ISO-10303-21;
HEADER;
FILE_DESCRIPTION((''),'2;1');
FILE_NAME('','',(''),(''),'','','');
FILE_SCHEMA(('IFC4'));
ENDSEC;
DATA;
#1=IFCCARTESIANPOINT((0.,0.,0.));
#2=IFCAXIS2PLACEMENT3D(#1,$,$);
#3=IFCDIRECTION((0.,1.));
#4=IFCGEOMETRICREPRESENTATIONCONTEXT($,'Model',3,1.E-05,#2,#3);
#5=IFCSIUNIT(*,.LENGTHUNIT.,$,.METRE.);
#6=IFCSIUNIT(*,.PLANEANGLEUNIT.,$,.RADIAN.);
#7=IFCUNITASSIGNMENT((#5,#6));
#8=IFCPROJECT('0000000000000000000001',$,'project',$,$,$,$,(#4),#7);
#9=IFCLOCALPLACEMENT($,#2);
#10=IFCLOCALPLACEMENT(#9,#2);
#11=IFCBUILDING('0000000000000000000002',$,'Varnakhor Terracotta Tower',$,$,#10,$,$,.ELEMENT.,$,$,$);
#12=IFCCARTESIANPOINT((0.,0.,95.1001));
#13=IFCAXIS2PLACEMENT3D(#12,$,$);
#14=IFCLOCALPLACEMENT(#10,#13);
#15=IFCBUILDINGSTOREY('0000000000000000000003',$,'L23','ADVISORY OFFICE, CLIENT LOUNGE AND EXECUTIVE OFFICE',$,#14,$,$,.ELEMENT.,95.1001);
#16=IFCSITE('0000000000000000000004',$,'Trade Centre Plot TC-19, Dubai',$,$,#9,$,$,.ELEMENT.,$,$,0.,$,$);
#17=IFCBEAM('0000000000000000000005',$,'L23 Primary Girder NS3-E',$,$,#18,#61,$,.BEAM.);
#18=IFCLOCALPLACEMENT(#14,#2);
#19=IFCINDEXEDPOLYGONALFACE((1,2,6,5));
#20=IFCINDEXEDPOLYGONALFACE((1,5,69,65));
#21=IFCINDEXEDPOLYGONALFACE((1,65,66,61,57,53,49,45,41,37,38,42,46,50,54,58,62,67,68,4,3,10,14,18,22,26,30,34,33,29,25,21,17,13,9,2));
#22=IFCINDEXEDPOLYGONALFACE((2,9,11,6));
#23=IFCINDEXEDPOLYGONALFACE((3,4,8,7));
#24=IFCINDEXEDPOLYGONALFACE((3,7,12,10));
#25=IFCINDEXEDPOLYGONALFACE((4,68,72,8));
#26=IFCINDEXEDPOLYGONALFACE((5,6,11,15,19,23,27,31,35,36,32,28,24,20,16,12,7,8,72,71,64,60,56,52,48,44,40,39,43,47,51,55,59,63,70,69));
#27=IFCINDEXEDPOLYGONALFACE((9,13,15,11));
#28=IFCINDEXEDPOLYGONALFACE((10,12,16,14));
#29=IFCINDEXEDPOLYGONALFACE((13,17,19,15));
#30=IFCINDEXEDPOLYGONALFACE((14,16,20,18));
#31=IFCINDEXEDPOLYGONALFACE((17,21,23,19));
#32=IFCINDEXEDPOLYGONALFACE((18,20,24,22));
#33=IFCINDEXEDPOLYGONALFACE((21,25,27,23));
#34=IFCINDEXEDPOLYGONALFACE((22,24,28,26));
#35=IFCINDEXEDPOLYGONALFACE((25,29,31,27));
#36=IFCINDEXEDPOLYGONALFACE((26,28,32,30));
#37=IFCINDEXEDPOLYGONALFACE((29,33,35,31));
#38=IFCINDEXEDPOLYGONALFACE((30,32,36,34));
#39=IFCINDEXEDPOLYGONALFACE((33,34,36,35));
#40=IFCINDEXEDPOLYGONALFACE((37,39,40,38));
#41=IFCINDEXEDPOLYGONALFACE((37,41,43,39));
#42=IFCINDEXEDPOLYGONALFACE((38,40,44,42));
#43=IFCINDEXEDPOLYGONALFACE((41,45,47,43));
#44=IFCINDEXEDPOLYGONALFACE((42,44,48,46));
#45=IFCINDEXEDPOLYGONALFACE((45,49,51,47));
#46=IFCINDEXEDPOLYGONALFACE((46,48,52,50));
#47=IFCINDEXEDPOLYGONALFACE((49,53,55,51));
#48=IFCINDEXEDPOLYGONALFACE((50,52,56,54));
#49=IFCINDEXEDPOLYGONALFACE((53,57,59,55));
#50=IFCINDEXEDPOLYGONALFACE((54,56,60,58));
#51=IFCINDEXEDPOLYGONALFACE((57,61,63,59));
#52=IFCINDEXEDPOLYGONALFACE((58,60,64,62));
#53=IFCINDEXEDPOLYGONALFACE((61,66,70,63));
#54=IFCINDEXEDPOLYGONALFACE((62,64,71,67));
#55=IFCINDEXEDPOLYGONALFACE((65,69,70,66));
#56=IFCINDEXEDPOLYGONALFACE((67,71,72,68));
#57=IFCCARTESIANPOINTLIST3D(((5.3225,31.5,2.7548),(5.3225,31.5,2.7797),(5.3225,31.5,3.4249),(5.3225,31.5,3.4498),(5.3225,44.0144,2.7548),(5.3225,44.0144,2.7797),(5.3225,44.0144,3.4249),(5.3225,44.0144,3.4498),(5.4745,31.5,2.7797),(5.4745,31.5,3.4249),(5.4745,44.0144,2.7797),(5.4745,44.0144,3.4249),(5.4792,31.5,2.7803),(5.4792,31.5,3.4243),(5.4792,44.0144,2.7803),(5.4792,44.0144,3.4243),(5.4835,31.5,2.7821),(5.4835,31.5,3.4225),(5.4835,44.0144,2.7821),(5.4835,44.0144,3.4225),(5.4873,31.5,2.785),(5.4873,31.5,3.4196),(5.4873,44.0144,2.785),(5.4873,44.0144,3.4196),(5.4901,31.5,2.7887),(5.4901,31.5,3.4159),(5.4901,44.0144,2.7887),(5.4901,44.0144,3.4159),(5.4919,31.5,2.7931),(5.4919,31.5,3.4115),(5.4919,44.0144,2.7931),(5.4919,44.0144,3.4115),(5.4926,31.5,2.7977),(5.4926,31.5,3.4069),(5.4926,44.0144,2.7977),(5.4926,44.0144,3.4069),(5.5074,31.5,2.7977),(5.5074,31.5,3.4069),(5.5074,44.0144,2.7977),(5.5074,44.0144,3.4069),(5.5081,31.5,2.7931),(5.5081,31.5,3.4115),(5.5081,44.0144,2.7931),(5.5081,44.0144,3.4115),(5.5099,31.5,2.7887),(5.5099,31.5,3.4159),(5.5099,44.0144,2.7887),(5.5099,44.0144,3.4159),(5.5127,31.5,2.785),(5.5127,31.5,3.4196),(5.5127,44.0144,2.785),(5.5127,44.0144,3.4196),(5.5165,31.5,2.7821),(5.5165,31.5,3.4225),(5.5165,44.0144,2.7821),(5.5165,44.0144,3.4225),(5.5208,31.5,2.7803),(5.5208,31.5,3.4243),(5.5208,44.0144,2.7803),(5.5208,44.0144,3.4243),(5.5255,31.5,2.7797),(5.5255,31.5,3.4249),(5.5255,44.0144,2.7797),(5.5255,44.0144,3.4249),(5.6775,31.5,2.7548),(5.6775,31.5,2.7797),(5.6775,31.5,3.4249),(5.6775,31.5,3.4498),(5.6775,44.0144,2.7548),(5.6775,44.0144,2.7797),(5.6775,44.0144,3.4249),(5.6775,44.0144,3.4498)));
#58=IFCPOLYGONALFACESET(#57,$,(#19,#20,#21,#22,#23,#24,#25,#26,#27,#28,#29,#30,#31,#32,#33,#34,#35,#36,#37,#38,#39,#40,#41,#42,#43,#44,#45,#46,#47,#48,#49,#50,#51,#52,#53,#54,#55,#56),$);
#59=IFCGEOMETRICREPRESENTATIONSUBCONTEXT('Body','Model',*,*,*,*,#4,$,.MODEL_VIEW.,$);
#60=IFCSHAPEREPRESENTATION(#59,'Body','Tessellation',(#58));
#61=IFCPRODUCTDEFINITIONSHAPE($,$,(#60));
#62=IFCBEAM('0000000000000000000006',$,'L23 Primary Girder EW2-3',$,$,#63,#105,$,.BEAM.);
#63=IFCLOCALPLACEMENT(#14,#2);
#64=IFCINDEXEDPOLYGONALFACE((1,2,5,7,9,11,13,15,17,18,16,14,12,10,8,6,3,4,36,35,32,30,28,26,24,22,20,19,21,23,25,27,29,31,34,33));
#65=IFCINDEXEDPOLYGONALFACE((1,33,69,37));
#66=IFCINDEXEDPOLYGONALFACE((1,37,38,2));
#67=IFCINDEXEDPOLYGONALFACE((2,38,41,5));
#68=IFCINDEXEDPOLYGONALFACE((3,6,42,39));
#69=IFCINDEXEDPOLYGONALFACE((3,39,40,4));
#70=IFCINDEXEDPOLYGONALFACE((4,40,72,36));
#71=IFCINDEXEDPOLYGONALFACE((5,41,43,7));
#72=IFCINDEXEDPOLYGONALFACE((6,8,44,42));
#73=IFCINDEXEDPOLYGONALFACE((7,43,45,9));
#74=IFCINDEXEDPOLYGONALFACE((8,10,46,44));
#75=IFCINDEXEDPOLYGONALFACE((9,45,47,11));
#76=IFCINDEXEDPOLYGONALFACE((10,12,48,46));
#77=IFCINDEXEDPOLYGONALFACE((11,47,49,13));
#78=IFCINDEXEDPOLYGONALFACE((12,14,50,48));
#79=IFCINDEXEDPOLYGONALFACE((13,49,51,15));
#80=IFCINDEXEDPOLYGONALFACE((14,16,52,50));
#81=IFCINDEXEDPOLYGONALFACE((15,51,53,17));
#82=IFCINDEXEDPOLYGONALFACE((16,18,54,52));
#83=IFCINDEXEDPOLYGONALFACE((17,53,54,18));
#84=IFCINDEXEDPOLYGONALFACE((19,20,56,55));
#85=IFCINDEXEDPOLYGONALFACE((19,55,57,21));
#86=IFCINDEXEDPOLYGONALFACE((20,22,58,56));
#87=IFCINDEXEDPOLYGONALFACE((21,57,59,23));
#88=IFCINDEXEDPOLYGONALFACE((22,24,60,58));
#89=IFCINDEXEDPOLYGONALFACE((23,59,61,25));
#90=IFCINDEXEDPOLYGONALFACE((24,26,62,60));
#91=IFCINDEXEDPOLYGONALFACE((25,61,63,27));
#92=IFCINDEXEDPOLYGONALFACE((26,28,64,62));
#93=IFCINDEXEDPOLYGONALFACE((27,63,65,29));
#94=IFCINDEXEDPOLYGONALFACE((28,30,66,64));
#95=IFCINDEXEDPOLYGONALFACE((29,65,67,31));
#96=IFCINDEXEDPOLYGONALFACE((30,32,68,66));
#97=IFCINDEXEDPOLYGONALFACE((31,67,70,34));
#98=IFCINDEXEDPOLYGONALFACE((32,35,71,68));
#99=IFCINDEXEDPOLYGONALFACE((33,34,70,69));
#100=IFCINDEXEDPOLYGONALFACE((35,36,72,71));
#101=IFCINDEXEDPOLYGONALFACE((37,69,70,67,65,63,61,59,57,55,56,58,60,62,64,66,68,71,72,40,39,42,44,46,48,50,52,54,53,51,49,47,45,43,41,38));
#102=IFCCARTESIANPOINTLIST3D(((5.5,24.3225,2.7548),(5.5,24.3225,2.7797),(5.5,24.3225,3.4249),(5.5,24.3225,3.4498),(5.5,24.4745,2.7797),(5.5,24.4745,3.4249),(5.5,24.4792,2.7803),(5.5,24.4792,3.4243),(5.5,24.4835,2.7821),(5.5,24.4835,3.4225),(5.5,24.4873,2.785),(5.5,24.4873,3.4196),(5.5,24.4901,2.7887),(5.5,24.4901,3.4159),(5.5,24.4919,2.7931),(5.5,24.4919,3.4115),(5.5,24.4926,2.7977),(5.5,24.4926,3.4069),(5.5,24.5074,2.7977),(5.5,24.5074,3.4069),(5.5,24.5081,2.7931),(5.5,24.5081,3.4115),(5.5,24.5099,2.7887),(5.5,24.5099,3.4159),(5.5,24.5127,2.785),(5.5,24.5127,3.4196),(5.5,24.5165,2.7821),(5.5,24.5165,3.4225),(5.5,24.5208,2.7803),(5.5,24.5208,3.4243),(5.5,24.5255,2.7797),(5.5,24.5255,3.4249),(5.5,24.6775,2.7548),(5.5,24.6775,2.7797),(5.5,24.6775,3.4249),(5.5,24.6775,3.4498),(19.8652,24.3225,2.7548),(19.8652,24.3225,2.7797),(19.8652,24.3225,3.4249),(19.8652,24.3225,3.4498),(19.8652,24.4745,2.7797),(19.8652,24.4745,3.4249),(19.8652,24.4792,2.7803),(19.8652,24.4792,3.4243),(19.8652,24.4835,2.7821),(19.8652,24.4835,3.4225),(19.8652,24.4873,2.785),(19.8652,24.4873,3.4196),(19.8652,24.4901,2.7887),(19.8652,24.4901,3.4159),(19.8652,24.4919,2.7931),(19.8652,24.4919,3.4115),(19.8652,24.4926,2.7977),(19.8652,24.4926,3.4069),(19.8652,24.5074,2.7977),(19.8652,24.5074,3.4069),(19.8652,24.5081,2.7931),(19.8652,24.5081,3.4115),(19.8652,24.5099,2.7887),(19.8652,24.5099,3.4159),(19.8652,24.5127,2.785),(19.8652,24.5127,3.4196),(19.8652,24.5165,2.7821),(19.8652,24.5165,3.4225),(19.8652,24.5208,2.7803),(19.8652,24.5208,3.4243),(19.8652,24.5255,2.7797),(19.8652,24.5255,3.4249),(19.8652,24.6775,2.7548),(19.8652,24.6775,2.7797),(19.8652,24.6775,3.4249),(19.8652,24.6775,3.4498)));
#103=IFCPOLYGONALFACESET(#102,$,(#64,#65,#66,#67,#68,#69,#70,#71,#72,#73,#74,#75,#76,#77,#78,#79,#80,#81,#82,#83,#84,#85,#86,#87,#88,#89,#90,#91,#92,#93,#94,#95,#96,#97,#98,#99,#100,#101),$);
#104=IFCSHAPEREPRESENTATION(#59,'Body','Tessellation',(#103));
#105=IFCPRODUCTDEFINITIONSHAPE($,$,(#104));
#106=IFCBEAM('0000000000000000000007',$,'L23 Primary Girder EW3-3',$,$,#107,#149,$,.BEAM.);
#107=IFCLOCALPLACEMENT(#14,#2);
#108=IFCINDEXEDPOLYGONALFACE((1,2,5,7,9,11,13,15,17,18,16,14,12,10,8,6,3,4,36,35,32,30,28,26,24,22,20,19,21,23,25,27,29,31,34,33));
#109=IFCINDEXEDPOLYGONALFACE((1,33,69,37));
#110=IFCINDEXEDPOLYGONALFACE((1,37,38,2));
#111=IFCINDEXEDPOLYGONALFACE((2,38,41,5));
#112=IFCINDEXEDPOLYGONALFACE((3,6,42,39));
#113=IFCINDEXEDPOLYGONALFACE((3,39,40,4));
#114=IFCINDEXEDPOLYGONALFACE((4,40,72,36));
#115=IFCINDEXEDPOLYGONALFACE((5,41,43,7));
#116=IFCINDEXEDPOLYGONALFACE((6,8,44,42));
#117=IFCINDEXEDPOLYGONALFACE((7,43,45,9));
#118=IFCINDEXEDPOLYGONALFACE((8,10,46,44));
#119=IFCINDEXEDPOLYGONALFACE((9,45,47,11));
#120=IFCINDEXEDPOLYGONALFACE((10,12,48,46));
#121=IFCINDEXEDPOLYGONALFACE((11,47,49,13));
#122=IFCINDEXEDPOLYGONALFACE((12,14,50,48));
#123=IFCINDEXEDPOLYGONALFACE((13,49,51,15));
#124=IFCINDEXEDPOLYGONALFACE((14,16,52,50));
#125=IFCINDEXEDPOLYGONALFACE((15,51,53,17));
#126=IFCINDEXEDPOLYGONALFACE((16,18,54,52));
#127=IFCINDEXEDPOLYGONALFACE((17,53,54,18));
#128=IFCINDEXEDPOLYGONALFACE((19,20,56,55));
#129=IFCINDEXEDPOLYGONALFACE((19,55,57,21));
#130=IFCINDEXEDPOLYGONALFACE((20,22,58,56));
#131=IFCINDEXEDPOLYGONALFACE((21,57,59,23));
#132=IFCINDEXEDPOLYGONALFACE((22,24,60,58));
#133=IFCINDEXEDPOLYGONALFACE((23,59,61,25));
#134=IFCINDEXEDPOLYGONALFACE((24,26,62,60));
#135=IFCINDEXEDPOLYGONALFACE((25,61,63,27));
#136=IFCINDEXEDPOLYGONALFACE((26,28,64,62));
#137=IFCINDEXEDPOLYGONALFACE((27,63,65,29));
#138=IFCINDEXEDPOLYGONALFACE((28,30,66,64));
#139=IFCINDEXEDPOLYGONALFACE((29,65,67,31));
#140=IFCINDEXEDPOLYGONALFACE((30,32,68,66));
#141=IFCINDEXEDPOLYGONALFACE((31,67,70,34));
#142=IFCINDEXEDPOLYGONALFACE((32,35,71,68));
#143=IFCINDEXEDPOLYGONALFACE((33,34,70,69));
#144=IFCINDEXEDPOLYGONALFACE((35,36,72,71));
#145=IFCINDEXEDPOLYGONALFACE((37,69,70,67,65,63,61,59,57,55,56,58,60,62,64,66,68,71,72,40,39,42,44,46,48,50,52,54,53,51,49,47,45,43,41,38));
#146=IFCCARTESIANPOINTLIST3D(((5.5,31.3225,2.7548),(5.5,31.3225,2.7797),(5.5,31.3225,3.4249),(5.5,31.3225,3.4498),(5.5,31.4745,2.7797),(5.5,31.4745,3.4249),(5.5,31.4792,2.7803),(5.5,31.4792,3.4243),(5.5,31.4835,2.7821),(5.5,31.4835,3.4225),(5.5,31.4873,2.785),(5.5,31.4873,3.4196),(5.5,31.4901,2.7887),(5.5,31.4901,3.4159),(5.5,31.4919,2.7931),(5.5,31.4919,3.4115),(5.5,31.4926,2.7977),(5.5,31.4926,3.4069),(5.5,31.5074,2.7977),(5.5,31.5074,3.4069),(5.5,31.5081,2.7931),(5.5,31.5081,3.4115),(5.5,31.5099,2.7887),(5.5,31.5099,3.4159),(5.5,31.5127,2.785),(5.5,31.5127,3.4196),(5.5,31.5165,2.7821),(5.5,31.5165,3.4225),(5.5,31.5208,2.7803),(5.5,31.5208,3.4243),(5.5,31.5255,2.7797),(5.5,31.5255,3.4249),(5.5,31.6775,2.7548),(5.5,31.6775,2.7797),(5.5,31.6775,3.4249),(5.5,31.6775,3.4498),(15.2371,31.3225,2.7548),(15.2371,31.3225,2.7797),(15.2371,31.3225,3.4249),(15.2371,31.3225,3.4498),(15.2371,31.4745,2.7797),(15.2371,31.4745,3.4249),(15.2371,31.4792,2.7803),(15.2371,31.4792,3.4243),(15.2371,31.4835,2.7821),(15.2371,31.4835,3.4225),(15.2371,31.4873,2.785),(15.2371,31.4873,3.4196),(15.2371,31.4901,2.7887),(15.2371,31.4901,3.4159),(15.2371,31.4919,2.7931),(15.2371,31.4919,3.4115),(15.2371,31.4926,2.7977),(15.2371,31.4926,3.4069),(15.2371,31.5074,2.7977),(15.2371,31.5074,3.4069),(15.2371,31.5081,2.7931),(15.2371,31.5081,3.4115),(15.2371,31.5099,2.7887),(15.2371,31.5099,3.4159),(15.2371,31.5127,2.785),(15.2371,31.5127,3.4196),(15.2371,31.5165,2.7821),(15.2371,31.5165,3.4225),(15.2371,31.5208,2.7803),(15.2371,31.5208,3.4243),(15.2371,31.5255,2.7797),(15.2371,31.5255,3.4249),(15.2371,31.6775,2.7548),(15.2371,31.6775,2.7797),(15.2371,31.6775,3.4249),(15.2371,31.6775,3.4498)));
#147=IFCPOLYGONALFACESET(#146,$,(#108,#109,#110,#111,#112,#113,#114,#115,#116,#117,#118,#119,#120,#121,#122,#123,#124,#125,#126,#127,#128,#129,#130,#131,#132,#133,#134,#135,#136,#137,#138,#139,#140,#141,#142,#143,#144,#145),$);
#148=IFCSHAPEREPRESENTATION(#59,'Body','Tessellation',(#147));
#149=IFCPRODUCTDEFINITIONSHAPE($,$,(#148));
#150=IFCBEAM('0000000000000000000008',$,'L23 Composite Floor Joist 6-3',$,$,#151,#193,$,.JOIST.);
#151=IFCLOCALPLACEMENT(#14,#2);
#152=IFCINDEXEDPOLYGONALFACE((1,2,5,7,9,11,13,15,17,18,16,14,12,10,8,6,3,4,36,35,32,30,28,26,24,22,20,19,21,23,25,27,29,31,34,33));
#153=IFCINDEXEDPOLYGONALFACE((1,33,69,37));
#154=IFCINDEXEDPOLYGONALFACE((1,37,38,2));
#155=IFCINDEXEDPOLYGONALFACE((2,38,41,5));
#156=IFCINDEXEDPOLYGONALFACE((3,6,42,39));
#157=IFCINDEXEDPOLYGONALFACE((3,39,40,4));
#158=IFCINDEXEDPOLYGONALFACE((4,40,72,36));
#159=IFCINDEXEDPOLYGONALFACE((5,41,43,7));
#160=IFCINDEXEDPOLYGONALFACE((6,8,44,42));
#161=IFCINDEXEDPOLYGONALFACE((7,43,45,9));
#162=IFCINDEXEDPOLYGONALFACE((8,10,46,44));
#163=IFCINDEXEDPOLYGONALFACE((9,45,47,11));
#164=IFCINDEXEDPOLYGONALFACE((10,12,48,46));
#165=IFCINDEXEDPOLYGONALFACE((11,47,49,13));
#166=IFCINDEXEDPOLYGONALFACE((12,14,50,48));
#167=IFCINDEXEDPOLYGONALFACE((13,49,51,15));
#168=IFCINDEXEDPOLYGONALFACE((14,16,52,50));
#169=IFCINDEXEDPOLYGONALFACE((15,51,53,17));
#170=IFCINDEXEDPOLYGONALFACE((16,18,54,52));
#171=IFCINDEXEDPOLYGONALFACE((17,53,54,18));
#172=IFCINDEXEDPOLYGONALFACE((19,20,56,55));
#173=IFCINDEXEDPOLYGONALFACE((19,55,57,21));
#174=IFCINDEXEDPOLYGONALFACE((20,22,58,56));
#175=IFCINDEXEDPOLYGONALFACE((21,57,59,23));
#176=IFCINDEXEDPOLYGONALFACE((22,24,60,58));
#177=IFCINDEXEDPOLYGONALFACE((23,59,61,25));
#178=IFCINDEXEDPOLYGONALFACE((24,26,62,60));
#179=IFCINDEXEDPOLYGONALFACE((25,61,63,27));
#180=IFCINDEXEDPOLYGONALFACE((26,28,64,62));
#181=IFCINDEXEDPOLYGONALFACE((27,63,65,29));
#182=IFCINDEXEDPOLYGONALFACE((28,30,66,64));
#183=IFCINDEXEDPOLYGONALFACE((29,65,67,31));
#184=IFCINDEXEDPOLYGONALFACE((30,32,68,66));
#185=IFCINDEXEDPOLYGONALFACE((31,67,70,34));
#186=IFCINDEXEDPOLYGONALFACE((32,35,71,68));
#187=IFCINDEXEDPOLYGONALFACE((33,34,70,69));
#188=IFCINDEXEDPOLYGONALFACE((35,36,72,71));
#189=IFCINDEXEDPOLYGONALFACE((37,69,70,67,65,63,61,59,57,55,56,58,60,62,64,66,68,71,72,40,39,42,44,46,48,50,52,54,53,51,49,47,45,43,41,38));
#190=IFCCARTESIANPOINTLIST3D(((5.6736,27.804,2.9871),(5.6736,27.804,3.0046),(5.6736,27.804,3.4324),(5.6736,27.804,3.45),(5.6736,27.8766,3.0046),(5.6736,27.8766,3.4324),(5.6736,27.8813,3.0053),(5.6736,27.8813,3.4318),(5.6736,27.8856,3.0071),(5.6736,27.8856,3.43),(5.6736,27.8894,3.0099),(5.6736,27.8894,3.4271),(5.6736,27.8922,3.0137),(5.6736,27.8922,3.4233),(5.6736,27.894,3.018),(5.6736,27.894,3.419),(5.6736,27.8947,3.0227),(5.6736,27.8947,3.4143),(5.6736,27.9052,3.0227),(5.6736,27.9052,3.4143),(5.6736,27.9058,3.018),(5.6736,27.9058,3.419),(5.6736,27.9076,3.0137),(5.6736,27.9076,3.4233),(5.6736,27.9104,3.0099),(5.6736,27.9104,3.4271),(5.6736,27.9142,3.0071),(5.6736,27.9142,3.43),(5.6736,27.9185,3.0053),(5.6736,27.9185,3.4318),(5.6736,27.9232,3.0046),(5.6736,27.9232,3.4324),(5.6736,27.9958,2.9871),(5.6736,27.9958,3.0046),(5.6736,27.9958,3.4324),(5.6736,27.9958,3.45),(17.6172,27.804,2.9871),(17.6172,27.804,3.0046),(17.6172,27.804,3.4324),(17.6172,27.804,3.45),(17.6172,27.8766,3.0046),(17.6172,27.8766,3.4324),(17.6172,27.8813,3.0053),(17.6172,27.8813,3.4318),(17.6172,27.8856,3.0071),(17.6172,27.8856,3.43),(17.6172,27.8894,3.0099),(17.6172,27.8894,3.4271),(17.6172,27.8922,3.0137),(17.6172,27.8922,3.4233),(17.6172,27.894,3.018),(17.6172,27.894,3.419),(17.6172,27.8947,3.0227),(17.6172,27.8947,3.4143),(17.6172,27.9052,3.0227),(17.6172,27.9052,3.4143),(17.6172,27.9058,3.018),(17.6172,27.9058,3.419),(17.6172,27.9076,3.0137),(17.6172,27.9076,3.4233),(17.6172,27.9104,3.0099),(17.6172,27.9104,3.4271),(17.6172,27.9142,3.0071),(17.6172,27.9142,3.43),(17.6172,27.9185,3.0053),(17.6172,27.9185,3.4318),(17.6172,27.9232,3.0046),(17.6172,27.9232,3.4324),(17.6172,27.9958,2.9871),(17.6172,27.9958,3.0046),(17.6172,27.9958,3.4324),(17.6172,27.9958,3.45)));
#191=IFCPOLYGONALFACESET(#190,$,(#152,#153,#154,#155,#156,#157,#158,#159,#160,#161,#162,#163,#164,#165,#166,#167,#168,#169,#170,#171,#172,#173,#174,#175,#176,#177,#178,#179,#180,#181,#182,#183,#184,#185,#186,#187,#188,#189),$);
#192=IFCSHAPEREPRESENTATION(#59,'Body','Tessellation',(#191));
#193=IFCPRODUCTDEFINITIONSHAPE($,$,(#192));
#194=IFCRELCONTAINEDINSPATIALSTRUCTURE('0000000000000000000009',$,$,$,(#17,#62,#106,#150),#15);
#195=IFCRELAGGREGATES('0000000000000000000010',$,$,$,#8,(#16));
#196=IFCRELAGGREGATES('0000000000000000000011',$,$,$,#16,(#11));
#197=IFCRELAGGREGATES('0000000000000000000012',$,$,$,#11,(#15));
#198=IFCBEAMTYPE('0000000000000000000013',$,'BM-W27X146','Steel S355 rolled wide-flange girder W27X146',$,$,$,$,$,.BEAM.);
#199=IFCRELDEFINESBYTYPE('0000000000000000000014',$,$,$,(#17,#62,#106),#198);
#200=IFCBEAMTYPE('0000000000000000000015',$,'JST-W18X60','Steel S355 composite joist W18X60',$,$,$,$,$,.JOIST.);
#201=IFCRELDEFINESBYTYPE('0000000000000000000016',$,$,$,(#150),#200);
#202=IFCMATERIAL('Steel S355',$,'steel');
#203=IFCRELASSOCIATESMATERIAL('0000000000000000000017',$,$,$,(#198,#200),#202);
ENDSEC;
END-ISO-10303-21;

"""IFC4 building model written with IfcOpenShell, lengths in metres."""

from ifc_helpers import new_model, si_unit, direction, frame, origin, origin_2d, place, context, subcontext, project, spatial, i_section, extrude, source, transform, mapped, material, material_profile, profile_set, type_object, element, save


model = new_model("IFC4")

# Units and contexts
model_context = context("Model", 3, precision=1e-05, world=origin(), true_north=direction((0.0, 1.0)))
body_context = subcontext(model_context, "Body", "Model", "MODEL_VIEW")
ifc_project = project(units=[si_unit("LENGTHUNIT", "METRE"), si_unit("PLANEANGLEUNIT", "RADIAN")], contexts=[model_context])

# Site, building, storey
site_placement = place(None, origin())
site = spatial("IfcSite", under=ifc_project, at=site_placement, Name="Trade Centre Plot TC-19, Dubai", CompositionType="ELEMENT", RefElevation=0.0)
building_placement = place(site_placement, origin())
building = spatial("IfcBuilding", under=site, at=building_placement, Name="Varnakhor Terracotta Tower", CompositionType="ELEMENT")
storey_placement = place(building_placement, frame((0.0, 0.0, 95.1001)))
storey = spatial("IfcBuildingStorey", under=building, at=storey_placement, Name="L23", Description="ADVISORY OFFICE, CLIENT LOUNGE AND EXECUTIVE OFFICE", CompositionType="ELEMENT", Elevation=95.1001)

# Beams
ifc_material_1 = material(Name="Steel S355", Category="steel")
ifc_material_profile_1 = material_profile(ifc_material_1, i_section(OverallWidth=0.355, OverallDepth=0.6951, WebThickness=0.0149, FlangeThickness=0.0249, FilletRadius=0.0181, at=origin_2d()), Name="W27X146")
ifc_profile_set_1 = profile_set([ifc_material_profile_1], Name="Steel S355")
beam_type_1 = type_object("IfcBeamType", Name="BM-W27X146", Description="Steel S355 rolled wide-flange girder W27X146", PredefinedType="BEAM", material=ifc_profile_set_1)
shared_shape_1 = source(origin(), body_context, "Body", "SweptSolid", [
    extrude(i_section(OverallWidth=0.355, OverallDepth=0.6951, WebThickness=0.0149, FlangeThickness=0.0249, FilletRadius=0.0181, at=origin_2d()), origin(), (0.0, 0.0, 1.0), 12.5144),
])
beam_1_placement = place(storey_placement, frame((5.5, 31.5, 3.1023), z_axis=(0.0, 1.0, 0.0), x_axis=(-1.0, 0.0, 0.0)))
element("IfcBeam", 1, at=beam_1_placement, inside=storey, type_object=beam_type_1, Name="L23 Primary Girder NS3-E", PredefinedType="BEAM", context=body_context, shape_type="MappedRepresentation", body=[
    mapped(shared_shape_1, transform((0.0, 0.0, 0.0), scale=1.0)),
])
shared_shape_2 = source(origin(), body_context, "Body", "SweptSolid", [
    extrude(i_section(OverallWidth=0.355, OverallDepth=0.6951, WebThickness=0.0149, FlangeThickness=0.0249, FilletRadius=0.0181, at=origin_2d()), origin(), (0.0, 0.0, 1.0), 14.3652),
])
beam_2_placement = place(storey_placement, frame((5.5, 24.5, 3.1023), z_axis=(1.0, 0.0, 0.0), x_axis=(0.0, 1.0, 0.0)))
element("IfcBeam", 2, at=beam_2_placement, inside=storey, type_object=beam_type_1, Name="L23 Primary Girder EW2-3", PredefinedType="BEAM", context=body_context, shape_type="MappedRepresentation", body=[
    mapped(shared_shape_2, transform((0.0, 0.0, 0.0), scale=1.0)),
])
shared_shape_3 = source(origin(), body_context, "Body", "SweptSolid", [
    extrude(i_section(OverallWidth=0.355, OverallDepth=0.6951, WebThickness=0.0149, FlangeThickness=0.0249, FilletRadius=0.0181, at=origin_2d()), origin(), (0.0, 0.0, 1.0), 9.7371),
])
beam_3_placement = place(storey_placement, frame((5.5, 31.5, 3.1023), z_axis=(1.0, 0.0, 0.0), x_axis=(0.0, 1.0, 0.0)))
element("IfcBeam", 3, at=beam_3_placement, inside=storey, type_object=beam_type_1, Name="L23 Primary Girder EW3-3", PredefinedType="BEAM", context=body_context, shape_type="MappedRepresentation", body=[
    mapped(shared_shape_3, transform((0.0, 0.0, 0.0), scale=1.0)),
])
ifc_material_profile_2 = material_profile(ifc_material_1, i_section(OverallWidth=0.1919, OverallDepth=0.4629, WebThickness=0.0105, FlangeThickness=0.0176, FilletRadius=0.0181, at=origin_2d()), Name="W18X60")
ifc_profile_set_2 = profile_set([ifc_material_profile_2], Name="Steel S355")
beam_type_2 = type_object("IfcBeamType", Name="JST-W18X60", Description="Steel S355 composite joist W18X60", PredefinedType="JOIST", material=ifc_profile_set_2)
shared_shape_4 = source(origin(), body_context, "Body", "SweptSolid", [
    extrude(i_section(OverallWidth=0.1919, OverallDepth=0.4629, WebThickness=0.0105, FlangeThickness=0.0176, FilletRadius=0.0181, at=origin_2d()), origin(), (0.0, 0.0, 1.0), 11.9436),
])
beam_4_placement = place(storey_placement, frame((5.6736, 27.8999, 3.2185), z_axis=(1.0, 0.0, 0.0), x_axis=(0.0, 1.0, 0.0)))
element("IfcBeam", 4, at=beam_4_placement, inside=storey, type_object=beam_type_2, Name="L23 Composite Floor Joist 6-3", PredefinedType="JOIST", context=body_context, shape_type="MappedRepresentation", body=[
    mapped(shared_shape_4, transform((0.0, 0.0, 0.0), scale=1.0)),
])

save(model, "model.ifc")
